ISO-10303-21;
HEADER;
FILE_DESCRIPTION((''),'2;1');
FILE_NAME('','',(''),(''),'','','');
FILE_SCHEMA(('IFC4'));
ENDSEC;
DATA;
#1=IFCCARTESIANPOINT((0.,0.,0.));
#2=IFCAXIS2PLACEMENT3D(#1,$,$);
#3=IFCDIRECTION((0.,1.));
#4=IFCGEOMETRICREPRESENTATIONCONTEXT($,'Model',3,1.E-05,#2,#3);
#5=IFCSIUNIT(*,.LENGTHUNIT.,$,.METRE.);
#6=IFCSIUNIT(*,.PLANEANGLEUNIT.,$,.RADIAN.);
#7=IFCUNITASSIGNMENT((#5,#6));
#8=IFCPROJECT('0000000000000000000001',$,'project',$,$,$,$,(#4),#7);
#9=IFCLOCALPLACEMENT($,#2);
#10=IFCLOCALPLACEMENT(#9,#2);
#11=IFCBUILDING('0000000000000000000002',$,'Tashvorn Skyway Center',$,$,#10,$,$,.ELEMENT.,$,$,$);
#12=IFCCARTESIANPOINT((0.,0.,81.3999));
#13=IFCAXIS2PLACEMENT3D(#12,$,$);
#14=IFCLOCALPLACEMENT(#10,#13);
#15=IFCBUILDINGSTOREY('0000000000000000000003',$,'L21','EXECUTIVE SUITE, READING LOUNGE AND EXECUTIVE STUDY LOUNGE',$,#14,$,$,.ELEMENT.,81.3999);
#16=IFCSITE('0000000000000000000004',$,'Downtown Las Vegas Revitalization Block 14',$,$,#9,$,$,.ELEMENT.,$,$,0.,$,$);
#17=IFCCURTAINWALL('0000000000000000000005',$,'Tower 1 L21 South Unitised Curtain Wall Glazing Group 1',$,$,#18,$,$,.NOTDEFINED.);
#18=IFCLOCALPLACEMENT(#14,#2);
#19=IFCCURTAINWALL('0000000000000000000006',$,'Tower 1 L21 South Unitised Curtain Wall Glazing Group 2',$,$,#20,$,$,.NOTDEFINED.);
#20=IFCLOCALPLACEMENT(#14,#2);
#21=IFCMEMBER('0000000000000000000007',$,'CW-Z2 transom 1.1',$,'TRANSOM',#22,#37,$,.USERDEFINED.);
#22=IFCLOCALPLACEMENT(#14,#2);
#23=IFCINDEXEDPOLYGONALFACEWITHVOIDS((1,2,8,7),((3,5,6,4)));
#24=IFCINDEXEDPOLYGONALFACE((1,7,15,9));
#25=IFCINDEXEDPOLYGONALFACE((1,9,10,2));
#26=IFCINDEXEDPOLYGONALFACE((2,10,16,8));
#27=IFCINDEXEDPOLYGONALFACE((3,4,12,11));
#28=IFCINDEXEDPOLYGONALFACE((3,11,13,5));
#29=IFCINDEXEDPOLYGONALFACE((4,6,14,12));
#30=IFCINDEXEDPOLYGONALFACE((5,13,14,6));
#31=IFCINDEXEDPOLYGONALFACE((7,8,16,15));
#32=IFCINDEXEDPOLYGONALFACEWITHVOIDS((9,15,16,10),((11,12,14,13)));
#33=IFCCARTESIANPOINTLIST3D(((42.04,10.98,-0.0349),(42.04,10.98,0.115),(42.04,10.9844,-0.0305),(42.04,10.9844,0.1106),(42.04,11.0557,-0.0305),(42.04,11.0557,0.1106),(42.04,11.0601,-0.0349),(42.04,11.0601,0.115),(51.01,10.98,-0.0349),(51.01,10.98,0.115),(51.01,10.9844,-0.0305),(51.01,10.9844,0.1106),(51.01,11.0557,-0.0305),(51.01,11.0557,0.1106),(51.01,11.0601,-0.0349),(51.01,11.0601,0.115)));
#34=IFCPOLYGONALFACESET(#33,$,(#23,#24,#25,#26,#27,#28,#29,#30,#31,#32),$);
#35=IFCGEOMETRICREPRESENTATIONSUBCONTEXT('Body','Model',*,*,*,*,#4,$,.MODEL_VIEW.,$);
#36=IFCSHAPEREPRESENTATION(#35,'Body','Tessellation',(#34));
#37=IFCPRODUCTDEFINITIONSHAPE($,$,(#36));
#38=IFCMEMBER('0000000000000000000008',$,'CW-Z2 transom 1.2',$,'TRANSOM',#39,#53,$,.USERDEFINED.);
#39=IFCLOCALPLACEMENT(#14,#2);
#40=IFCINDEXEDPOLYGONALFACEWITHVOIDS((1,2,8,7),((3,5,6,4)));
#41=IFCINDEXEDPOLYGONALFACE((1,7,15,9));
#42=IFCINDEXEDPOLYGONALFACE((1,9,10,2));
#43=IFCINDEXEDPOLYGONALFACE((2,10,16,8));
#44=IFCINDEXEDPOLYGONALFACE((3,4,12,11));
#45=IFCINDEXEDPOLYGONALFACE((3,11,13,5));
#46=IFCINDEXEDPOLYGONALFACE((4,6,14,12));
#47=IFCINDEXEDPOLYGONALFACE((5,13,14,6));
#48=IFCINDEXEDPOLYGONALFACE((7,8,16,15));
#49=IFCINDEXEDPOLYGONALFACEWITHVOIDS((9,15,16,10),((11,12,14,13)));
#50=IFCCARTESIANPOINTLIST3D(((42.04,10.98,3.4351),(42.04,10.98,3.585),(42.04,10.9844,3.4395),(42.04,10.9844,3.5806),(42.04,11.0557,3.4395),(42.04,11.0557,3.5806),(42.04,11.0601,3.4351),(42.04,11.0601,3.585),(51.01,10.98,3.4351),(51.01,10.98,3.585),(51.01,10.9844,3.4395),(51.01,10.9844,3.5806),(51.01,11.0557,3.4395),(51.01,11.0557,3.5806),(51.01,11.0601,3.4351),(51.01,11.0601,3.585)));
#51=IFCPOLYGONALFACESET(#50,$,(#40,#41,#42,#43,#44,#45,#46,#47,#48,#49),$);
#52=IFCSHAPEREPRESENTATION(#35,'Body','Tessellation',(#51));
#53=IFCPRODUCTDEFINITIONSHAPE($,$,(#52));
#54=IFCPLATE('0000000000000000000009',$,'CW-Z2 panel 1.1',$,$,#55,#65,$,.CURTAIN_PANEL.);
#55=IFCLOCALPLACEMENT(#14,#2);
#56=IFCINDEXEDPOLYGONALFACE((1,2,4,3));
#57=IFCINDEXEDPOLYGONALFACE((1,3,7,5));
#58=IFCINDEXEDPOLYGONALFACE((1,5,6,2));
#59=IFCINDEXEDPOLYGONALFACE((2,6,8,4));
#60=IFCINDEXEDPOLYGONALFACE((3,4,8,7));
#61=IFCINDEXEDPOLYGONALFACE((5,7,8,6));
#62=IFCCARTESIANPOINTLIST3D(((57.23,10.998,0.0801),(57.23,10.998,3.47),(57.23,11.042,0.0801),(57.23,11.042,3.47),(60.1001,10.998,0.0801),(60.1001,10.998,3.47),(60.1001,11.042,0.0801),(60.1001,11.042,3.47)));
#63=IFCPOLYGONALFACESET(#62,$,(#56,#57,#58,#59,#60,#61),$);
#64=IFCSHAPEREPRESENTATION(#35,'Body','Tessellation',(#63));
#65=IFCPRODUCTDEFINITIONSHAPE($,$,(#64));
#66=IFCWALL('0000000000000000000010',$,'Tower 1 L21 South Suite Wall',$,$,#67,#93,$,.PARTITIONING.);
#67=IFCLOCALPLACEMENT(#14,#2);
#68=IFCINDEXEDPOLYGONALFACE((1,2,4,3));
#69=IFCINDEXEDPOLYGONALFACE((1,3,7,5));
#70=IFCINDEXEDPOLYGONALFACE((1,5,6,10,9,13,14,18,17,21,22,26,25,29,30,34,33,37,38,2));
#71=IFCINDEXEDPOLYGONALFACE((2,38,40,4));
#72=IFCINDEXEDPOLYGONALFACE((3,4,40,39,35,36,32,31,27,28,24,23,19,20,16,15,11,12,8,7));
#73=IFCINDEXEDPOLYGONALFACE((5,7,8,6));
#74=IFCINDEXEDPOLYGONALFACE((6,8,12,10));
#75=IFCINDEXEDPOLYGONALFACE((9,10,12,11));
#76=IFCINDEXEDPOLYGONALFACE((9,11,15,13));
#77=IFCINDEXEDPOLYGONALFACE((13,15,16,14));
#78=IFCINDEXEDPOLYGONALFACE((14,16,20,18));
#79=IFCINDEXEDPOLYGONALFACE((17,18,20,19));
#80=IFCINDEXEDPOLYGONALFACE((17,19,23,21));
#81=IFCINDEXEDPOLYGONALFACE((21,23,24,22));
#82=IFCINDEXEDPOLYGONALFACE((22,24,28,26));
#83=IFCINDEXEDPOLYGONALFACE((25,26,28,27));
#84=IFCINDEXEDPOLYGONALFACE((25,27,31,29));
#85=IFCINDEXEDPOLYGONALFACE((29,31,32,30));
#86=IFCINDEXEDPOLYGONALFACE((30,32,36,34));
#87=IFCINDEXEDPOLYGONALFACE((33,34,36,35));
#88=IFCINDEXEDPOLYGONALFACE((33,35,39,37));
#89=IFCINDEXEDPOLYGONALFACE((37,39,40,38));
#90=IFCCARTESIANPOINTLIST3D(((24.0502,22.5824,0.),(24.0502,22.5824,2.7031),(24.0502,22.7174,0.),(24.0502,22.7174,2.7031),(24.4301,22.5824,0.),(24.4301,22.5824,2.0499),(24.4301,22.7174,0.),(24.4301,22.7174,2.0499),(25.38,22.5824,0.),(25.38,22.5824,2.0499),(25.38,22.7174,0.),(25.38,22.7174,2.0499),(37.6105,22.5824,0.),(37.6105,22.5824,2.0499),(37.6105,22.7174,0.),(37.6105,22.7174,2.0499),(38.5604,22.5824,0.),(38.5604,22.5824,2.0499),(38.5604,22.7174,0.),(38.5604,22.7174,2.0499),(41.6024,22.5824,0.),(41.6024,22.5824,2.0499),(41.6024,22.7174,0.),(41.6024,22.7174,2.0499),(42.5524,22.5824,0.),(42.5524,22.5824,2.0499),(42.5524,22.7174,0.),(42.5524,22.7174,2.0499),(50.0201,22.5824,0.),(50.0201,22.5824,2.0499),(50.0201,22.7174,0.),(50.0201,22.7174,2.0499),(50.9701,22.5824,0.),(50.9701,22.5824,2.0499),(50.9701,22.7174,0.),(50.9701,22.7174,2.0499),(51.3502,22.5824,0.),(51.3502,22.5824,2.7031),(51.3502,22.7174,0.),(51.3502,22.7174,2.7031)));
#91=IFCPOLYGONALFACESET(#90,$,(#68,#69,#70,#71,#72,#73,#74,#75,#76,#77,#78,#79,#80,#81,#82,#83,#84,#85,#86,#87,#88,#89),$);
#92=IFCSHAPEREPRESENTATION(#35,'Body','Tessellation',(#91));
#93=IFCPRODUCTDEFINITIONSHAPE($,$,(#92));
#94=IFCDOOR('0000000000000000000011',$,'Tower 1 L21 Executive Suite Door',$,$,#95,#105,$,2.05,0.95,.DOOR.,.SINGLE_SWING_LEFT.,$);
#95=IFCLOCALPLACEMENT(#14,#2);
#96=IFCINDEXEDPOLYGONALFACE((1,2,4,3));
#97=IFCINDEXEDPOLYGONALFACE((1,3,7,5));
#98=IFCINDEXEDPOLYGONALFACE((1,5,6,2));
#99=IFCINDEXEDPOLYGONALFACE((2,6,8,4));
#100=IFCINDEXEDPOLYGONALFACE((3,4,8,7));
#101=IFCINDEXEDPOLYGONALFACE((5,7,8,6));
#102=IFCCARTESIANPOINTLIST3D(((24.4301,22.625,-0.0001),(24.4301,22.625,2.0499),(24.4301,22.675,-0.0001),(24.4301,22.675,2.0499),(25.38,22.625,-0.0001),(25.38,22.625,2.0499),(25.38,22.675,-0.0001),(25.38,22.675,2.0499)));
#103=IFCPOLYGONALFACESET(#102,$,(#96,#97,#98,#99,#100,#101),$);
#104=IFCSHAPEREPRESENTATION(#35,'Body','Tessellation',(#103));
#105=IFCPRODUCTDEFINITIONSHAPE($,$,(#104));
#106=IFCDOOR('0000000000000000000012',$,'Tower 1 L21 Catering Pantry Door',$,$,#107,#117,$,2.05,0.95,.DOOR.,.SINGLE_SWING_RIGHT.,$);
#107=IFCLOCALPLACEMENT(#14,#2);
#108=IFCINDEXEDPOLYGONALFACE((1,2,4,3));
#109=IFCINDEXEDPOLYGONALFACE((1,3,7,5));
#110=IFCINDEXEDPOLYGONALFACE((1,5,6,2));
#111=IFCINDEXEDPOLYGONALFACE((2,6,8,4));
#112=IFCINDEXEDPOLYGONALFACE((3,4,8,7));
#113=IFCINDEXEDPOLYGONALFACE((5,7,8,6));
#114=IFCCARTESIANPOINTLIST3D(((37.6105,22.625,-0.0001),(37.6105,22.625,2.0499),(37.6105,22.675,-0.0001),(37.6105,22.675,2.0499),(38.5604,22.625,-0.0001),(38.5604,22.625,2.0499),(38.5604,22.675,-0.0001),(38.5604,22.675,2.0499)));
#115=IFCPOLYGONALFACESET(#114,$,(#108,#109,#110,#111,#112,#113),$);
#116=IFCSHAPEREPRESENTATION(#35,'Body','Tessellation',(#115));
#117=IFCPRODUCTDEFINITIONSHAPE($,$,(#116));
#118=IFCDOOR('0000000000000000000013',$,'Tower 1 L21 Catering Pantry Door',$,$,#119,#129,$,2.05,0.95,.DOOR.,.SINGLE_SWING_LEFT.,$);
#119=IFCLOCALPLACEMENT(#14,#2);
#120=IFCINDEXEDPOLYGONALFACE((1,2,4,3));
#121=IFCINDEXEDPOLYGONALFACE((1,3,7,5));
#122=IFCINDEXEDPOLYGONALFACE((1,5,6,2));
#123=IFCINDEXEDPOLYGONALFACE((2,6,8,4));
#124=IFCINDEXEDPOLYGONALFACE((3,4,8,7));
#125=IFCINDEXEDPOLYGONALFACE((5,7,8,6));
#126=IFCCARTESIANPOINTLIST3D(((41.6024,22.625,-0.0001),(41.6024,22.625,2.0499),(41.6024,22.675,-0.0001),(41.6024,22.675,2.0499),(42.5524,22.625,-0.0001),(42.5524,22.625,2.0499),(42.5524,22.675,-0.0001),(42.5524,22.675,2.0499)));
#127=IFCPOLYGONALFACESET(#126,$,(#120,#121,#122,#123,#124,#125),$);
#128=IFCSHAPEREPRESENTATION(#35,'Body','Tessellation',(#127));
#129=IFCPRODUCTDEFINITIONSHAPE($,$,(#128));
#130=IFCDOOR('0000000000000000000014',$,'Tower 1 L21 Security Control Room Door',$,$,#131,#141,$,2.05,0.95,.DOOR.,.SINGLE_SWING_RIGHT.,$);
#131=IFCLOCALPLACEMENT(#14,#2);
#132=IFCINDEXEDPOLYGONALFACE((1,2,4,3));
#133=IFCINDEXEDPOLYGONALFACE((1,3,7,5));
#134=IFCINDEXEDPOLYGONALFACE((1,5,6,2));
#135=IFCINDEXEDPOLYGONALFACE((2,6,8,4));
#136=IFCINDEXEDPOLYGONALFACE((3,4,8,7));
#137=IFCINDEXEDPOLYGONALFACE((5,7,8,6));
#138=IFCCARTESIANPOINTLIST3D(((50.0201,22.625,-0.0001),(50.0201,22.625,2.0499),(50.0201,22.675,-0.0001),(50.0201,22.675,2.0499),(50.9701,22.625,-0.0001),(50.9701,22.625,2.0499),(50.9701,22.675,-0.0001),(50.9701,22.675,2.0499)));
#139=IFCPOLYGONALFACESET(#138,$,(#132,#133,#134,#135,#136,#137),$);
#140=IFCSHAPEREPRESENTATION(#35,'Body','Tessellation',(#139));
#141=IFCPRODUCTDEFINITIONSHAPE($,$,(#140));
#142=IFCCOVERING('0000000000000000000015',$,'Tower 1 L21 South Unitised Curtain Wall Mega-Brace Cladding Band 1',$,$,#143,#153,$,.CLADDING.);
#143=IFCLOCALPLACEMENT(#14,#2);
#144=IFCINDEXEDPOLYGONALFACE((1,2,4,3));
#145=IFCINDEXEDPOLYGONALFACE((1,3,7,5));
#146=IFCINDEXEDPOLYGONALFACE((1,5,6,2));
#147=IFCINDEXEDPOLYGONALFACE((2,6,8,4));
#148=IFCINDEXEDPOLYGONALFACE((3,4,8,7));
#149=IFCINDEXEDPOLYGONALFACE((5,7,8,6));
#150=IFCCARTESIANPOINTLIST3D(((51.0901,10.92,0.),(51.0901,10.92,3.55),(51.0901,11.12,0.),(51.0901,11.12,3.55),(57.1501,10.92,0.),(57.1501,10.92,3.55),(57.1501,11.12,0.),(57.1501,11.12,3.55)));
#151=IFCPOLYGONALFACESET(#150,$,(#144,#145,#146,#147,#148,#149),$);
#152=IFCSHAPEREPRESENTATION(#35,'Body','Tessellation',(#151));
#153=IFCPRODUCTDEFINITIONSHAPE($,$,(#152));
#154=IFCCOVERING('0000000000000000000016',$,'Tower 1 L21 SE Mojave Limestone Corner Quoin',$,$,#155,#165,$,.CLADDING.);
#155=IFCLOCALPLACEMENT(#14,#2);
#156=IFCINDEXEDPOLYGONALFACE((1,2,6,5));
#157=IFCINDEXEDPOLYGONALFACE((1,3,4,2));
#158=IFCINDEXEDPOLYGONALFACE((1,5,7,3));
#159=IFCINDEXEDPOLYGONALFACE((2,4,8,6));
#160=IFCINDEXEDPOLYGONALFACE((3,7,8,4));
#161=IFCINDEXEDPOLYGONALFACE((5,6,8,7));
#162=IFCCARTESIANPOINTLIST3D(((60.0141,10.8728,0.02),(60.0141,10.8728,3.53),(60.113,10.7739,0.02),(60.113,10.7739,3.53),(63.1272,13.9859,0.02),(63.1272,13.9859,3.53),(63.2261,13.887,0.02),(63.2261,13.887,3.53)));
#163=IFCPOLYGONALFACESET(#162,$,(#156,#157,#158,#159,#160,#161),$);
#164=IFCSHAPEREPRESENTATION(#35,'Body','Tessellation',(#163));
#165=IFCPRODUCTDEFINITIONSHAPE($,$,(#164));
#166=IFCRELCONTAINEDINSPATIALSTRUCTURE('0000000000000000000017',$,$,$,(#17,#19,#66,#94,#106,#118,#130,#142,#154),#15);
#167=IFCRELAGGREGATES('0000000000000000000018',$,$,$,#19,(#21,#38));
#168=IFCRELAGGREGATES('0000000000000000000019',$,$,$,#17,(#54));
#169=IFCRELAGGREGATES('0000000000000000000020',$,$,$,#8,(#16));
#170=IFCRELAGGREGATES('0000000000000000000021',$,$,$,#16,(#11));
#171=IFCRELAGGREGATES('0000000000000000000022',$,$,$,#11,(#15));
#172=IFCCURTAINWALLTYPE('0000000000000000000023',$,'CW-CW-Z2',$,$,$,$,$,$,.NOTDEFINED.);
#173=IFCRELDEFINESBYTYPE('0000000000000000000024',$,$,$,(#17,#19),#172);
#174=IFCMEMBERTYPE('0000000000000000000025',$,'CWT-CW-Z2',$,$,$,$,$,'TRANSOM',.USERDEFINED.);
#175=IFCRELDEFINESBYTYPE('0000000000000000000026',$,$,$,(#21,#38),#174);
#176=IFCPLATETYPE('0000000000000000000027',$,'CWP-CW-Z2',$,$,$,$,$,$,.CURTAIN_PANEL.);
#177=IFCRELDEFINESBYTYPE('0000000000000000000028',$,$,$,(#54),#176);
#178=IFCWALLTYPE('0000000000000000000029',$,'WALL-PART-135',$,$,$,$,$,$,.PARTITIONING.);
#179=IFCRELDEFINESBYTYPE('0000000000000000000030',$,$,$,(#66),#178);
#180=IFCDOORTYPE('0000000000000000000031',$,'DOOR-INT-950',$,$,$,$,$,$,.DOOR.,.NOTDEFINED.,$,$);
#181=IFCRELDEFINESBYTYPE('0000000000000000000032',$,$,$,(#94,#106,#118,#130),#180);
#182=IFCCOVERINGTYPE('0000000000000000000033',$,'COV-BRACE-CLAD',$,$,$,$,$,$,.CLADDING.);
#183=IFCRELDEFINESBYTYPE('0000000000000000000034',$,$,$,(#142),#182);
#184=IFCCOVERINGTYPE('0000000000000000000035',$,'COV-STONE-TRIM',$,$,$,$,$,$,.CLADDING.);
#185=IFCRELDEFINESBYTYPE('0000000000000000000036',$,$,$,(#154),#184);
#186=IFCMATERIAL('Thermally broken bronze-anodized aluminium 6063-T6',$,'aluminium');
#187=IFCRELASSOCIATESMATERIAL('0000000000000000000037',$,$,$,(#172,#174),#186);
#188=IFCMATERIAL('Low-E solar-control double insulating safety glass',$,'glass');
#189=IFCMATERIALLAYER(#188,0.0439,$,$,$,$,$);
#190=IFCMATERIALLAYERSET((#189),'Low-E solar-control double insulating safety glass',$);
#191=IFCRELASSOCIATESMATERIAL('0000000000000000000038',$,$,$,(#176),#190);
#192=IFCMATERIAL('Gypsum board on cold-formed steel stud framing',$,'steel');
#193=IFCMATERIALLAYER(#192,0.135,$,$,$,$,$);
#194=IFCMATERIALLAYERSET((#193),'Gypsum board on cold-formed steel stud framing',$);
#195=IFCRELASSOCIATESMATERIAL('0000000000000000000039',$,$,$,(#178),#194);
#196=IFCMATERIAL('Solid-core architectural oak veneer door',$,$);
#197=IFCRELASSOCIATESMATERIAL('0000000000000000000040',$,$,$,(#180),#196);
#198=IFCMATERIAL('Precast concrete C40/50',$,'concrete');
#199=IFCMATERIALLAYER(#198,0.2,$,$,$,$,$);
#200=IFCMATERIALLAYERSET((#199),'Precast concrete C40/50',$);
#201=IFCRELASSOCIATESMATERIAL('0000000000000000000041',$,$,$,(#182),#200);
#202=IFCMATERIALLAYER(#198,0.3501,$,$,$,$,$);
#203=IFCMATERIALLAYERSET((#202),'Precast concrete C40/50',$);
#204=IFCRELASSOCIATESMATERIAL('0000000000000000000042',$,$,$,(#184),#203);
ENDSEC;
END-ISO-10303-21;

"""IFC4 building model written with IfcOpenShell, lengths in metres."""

from ifc_helpers import new_model, si_unit, direction, frame, frame_2d, origin, origin_2d, place, context, subcontext, project, spatial, rectangle, hollow_rectangle, extrude, material, layer, layer_set, material_profile, profile_set, type_object, element, fill, aggregate, save


model = new_model("IFC4")

# Units and contexts
model_context = context("Model", 3, precision=1e-05, world=origin(), true_north=direction((0.0, 1.0)))
body_context = subcontext(model_context, "Body", "Model", "MODEL_VIEW")
ifc_project = project(units=[si_unit("LENGTHUNIT", "METRE"), si_unit("PLANEANGLEUNIT", "RADIAN")], contexts=[model_context])

# Site, building, storey
site_placement = place(None, origin())
site = spatial("IfcSite", under=ifc_project, at=site_placement, Name="Downtown Las Vegas Revitalization Block 14", CompositionType="ELEMENT", RefElevation=0.0)
building_placement = place(site_placement, origin())
building = spatial("IfcBuilding", under=site, at=building_placement, Name="Tashvorn Skyway Center", CompositionType="ELEMENT")
storey_placement = place(building_placement, frame((0.0, 0.0, 81.3999)))
storey = spatial("IfcBuildingStorey", under=building, at=storey_placement, Name="L21", Description="EXECUTIVE SUITE, READING LOUNGE AND EXECUTIVE STUDY LOUNGE", CompositionType="ELEMENT", Elevation=81.3999)

# Curtain wall
ifc_material_1 = material(Name="Thermally broken bronze-anodized aluminium 6063-T6", Category="aluminium")
curtain_wall_type = type_object("IfcCurtainWallType", Name="CW-CW-Z2", PredefinedType="NOTDEFINED", material=ifc_material_1)
curtain_wall_1_placement = place(storey_placement, origin())
curtain_wall_1 = element("IfcCurtainWall", 1, at=curtain_wall_1_placement, inside=storey, type_object=curtain_wall_type, Name="Tower 1 L21 South Unitised Curtain Wall Glazing Group 1", PredefinedType="NOTDEFINED")

# Curtain wall
curtain_wall_2_placement = place(storey_placement, origin())
curtain_wall_2 = element("IfcCurtainWall", 2, at=curtain_wall_2_placement, inside=storey, type_object=curtain_wall_type, Name="Tower 1 L21 South Unitised Curtain Wall Glazing Group 2", PredefinedType="NOTDEFINED")

# Members
ifc_material_profile_1 = material_profile(ifc_material_1, hollow_rectangle(XDim=0.0801, YDim=0.1499, WallThickness=0.0044, at=origin_2d()), Name="ALU-TRAN-80x150")
ifc_profile_set_1 = profile_set([ifc_material_profile_1], Name="Thermally broken bronze-anodized aluminium 6063-T6")
member_type_1 = type_object("IfcMemberType", Name="CWT-CW-Z2", ElementType="TRANSOM", PredefinedType="USERDEFINED", material=ifc_profile_set_1)
member_1_placement = place(storey_placement, frame((51.01, 11.02, 0.04), z_axis=(-1.0, 0.0, 0.0), x_axis=(0.0, -1.0, 0.0)))
member_1 = element("IfcMember", 3, at=member_1_placement, type_object=member_type_1, Name="CW-Z2 transom 1.1", ObjectType="TRANSOM", PredefinedType="USERDEFINED", context=body_context, shape_type="SweptSolid", body=[
    extrude(hollow_rectangle(XDim=0.0801, YDim=0.1499, WallThickness=0.0044, at=origin_2d()), origin(), (0.0, 0.0, 1.0), 8.97),
])
member_2_placement = place(storey_placement, frame((51.01, 11.02, 3.51), z_axis=(-1.0, 0.0, 0.0), x_axis=(0.0, -1.0, 0.0)))
member_2 = element("IfcMember", 4, at=member_2_placement, type_object=member_type_1, Name="CW-Z2 transom 1.2", ObjectType="TRANSOM", PredefinedType="USERDEFINED", context=body_context, shape_type="SweptSolid", body=[
    extrude(hollow_rectangle(XDim=0.0801, YDim=0.1499, WallThickness=0.0044, at=origin_2d()), origin(), (0.0, 0.0, 1.0), 8.97),
])
aggregate(curtain_wall_2, [member_1, member_2])

# Plate
ifc_material_2 = material(Name="Low-E solar-control double insulating safety glass", Category="glass")
ifc_layer_1 = layer(ifc_material_2, 0.0439)
ifc_layer_set_1 = layer_set([ifc_layer_1], Name="Low-E solar-control double insulating safety glass")
plate_type = type_object("IfcPlateType", Name="CWP-CW-Z2", PredefinedType="CURTAIN_PANEL", material=ifc_layer_set_1)
plate_placement = place(storey_placement, frame((58.665, 11.02, 0.0801), z_axis=(0.0, 0.0, 1.0), x_axis=(-1.0, 0.0, 0.0)))
plate = element("IfcPlate", 5, at=plate_placement, type_object=plate_type, Name="CW-Z2 panel 1.1", PredefinedType="CURTAIN_PANEL", context=body_context, shape_type="SweptSolid", body=[
    extrude(rectangle(XDim=2.8701, YDim=0.0439, at=origin_2d()), origin(), (0.0, 0.0, 1.0), 3.3899),
])
aggregate(curtain_wall_1, [plate])

# Wall, openings, doors
ifc_material_3 = material(Name="Gypsum board on cold-formed steel stud framing", Category="steel")
ifc_layer_2 = layer(ifc_material_3, 0.135)
ifc_layer_set_2 = layer_set([ifc_layer_2], Name="Gypsum board on cold-formed steel stud framing")
wall_type = type_object("IfcWallType", Name="WALL-PART-135", PredefinedType="PARTITIONING", material=ifc_layer_set_2)
wall_placement = place(storey_placement, frame((51.3501, 22.6499, 0.0), z_axis=(0.0, 0.0, 1.0), x_axis=(-1.0, 0.0, 0.0)))
wall = element("IfcWall", 6, at=wall_placement, inside=storey, type_object=wall_type, Name="Tower 1 L21 South Suite Wall", PredefinedType="PARTITIONING", context=body_context, shape_type="SweptSolid", body=[
    extrude(rectangle(XDim=27.3, YDim=0.135, at=frame_2d((13.6499, 0.0))), origin(), (0.0, 0.0, 1.0), 2.7031),
])
opening_1_placement = place(wall_placement, frame((25.97, 0.0, 0.0)))
opening_1 = element("IfcOpeningElement", 7, at=opening_1_placement, cuts=wall, PredefinedType="OPENING", context=body_context, shape_type="SweptSolid", body=[
    extrude(rectangle(XDim=0.95, YDim=2.05, at=frame_2d((0.4751, 1.0249))), frame((0.0, 0.0774, 0.0), z_axis=(0.0, -1.0, 0.0), x_axis=(1.0, 0.0, 0.0)), (0.0, 0.0, 1.0), 0.155),
])
opening_2_placement = place(wall_placement, frame((12.7896, 0.0, 0.0)))
opening_2 = element("IfcOpeningElement", 8, at=opening_2_placement, cuts=wall, PredefinedType="OPENING", context=body_context, shape_type="SweptSolid", body=[
    extrude(rectangle(XDim=0.95, YDim=2.05, at=frame_2d((0.4751, 1.0249))), frame((0.0, 0.0774, 0.0), z_axis=(0.0, -1.0, 0.0), x_axis=(1.0, 0.0, 0.0)), (0.0, 0.0, 1.0), 0.155),
])
opening_3_placement = place(wall_placement, frame((8.7976, 0.0, 0.0)))
opening_3 = element("IfcOpeningElement", 9, at=opening_3_placement, cuts=wall, PredefinedType="OPENING", context=body_context, shape_type="SweptSolid", body=[
    extrude(rectangle(XDim=0.95, YDim=2.05, at=frame_2d((0.4751, 1.0249))), frame((0.0, 0.0774, 0.0), z_axis=(0.0, -1.0, 0.0), x_axis=(1.0, 0.0, 0.0)), (0.0, 0.0, 1.0), 0.155),
])
opening_4_placement = place(wall_placement, frame((0.3799, 0.0, 0.0)))
opening_4 = element("IfcOpeningElement", 10, at=opening_4_placement, cuts=wall, PredefinedType="OPENING", context=body_context, shape_type="SweptSolid", body=[
    extrude(rectangle(XDim=0.95, YDim=2.05, at=frame_2d((0.4751, 1.0249))), frame((0.0, 0.0774, 0.0), z_axis=(0.0, -1.0, 0.0), x_axis=(1.0, 0.0, 0.0)), (0.0, 0.0, 1.0), 0.155),
])
ifc_material_4 = material(Name="Solid-core architectural oak veneer door")
door_type = type_object("IfcDoorType", Name="DOOR-INT-950", OperationType="NOTDEFINED", PredefinedType="DOOR", material=ifc_material_4)
door_1_placement = place(opening_1_placement, origin())
door_1 = element("IfcDoor", 11, at=door_1_placement, inside=storey, type_object=door_type, Name="Tower 1 L21 Executive Suite Door", OperationType="SINGLE_SWING_LEFT", OverallHeight=2.05, OverallWidth=0.95, PredefinedType="DOOR", context=body_context, shape_type="SweptSolid", body=[
    extrude(rectangle(XDim=0.95, YDim=2.05, at=frame_2d((0.4751, 1.0249))), frame((0.0, 0.0249, 0.0), z_axis=(0.0, -1.0, 0.0), x_axis=(1.0, 0.0, 0.0)), (0.0, 0.0, 1.0), 0.05),
])
fill(opening_1, door_1)
door_2_placement = place(opening_2_placement, origin())
door_2 = element("IfcDoor", 12, at=door_2_placement, inside=storey, type_object=door_type, Name="Tower 1 L21 Catering Pantry Door", OperationType="SINGLE_SWING_RIGHT", OverallHeight=2.05, OverallWidth=0.95, PredefinedType="DOOR", context=body_context, shape_type="SweptSolid", body=[
    extrude(rectangle(XDim=0.95, YDim=2.05, at=frame_2d((0.4751, 1.0249))), frame((0.0, 0.0249, 0.0), z_axis=(0.0, -1.0, 0.0), x_axis=(1.0, 0.0, 0.0)), (0.0, 0.0, 1.0), 0.05),
])
fill(opening_2, door_2)
door_3_placement = place(opening_3_placement, origin())
door_3 = element("IfcDoor", 13, at=door_3_placement, inside=storey, type_object=door_type, Name="Tower 1 L21 Catering Pantry Door", OperationType="SINGLE_SWING_LEFT", OverallHeight=2.05, OverallWidth=0.95, PredefinedType="DOOR", context=body_context, shape_type="SweptSolid", body=[
    extrude(rectangle(XDim=0.95, YDim=2.05, at=frame_2d((0.4751, 1.0249))), frame((0.0, 0.0249, 0.0), z_axis=(0.0, -1.0, 0.0), x_axis=(1.0, 0.0, 0.0)), (0.0, 0.0, 1.0), 0.05),
])
fill(opening_3, door_3)
door_4_placement = place(opening_4_placement, origin())
door_4 = element("IfcDoor", 14, at=door_4_placement, inside=storey, type_object=door_type, Name="Tower 1 L21 Security Control Room Door", OperationType="SINGLE_SWING_RIGHT", OverallHeight=2.05, OverallWidth=0.95, PredefinedType="DOOR", context=body_context, shape_type="SweptSolid", body=[
    extrude(rectangle(XDim=0.95, YDim=2.05, at=frame_2d((0.4751, 1.0249))), frame((0.0, 0.0249, 0.0), z_axis=(0.0, -1.0, 0.0), x_axis=(1.0, 0.0, 0.0)), (0.0, 0.0, 1.0), 0.05),
])
fill(opening_4, door_4)

# Coverings
ifc_material_5 = material(Name="Precast concrete C40/50", Category="concrete")
ifc_layer_3 = layer(ifc_material_5, 0.2)
ifc_layer_set_3 = layer_set([ifc_layer_3], Name="Precast concrete C40/50")
covering_type_1 = type_object("IfcCoveringType", Name="COV-BRACE-CLAD", PredefinedType="CLADDING", material=ifc_layer_set_3)
covering_1_placement = place(storey_placement, frame((54.1201, 11.02, 0.0), z_axis=(0.0, 0.0, 1.0), x_axis=(-1.0, 0.0, 0.0)))
element("IfcCovering", 15, at=covering_1_placement, inside=storey, type_object=covering_type_1, Name="Tower 1 L21 South Unitised Curtain Wall Mega-Brace Cladding Band 1", PredefinedType="CLADDING", context=body_context, shape_type="SweptSolid", body=[
    extrude(rectangle(XDim=6.0601, YDim=0.2, at=origin_2d()), origin(), (0.0, 0.0, 1.0), 3.55),
])
ifc_layer_4 = layer(ifc_material_5, 0.3501)
ifc_layer_set_4 = layer_set([ifc_layer_4], Name="Precast concrete C40/50")
covering_type_2 = type_object("IfcCoveringType", Name="COV-STONE-TRIM", PredefinedType="CLADDING", material=ifc_layer_set_4)
covering_2_placement = place(storey_placement, frame((61.6201, 12.3799, 0.02), z_axis=(0.0, 0.0, 1.0), x_axis=(0.707107, 0.707107, 0.0)))
element("IfcCovering", 16, at=covering_2_placement, inside=storey, type_object=covering_type_2, Name="Tower 1 L21 SE Mojave Limestone Corner Quoin", PredefinedType="CLADDING", context=body_context, shape_type="SweptSolid", body=[
    extrude(rectangle(XDim=4.4026, YDim=0.1399, at=origin_2d()), origin(), (0.0, 0.0, 1.0), 3.51),
])

save(model, "model.ifc")
